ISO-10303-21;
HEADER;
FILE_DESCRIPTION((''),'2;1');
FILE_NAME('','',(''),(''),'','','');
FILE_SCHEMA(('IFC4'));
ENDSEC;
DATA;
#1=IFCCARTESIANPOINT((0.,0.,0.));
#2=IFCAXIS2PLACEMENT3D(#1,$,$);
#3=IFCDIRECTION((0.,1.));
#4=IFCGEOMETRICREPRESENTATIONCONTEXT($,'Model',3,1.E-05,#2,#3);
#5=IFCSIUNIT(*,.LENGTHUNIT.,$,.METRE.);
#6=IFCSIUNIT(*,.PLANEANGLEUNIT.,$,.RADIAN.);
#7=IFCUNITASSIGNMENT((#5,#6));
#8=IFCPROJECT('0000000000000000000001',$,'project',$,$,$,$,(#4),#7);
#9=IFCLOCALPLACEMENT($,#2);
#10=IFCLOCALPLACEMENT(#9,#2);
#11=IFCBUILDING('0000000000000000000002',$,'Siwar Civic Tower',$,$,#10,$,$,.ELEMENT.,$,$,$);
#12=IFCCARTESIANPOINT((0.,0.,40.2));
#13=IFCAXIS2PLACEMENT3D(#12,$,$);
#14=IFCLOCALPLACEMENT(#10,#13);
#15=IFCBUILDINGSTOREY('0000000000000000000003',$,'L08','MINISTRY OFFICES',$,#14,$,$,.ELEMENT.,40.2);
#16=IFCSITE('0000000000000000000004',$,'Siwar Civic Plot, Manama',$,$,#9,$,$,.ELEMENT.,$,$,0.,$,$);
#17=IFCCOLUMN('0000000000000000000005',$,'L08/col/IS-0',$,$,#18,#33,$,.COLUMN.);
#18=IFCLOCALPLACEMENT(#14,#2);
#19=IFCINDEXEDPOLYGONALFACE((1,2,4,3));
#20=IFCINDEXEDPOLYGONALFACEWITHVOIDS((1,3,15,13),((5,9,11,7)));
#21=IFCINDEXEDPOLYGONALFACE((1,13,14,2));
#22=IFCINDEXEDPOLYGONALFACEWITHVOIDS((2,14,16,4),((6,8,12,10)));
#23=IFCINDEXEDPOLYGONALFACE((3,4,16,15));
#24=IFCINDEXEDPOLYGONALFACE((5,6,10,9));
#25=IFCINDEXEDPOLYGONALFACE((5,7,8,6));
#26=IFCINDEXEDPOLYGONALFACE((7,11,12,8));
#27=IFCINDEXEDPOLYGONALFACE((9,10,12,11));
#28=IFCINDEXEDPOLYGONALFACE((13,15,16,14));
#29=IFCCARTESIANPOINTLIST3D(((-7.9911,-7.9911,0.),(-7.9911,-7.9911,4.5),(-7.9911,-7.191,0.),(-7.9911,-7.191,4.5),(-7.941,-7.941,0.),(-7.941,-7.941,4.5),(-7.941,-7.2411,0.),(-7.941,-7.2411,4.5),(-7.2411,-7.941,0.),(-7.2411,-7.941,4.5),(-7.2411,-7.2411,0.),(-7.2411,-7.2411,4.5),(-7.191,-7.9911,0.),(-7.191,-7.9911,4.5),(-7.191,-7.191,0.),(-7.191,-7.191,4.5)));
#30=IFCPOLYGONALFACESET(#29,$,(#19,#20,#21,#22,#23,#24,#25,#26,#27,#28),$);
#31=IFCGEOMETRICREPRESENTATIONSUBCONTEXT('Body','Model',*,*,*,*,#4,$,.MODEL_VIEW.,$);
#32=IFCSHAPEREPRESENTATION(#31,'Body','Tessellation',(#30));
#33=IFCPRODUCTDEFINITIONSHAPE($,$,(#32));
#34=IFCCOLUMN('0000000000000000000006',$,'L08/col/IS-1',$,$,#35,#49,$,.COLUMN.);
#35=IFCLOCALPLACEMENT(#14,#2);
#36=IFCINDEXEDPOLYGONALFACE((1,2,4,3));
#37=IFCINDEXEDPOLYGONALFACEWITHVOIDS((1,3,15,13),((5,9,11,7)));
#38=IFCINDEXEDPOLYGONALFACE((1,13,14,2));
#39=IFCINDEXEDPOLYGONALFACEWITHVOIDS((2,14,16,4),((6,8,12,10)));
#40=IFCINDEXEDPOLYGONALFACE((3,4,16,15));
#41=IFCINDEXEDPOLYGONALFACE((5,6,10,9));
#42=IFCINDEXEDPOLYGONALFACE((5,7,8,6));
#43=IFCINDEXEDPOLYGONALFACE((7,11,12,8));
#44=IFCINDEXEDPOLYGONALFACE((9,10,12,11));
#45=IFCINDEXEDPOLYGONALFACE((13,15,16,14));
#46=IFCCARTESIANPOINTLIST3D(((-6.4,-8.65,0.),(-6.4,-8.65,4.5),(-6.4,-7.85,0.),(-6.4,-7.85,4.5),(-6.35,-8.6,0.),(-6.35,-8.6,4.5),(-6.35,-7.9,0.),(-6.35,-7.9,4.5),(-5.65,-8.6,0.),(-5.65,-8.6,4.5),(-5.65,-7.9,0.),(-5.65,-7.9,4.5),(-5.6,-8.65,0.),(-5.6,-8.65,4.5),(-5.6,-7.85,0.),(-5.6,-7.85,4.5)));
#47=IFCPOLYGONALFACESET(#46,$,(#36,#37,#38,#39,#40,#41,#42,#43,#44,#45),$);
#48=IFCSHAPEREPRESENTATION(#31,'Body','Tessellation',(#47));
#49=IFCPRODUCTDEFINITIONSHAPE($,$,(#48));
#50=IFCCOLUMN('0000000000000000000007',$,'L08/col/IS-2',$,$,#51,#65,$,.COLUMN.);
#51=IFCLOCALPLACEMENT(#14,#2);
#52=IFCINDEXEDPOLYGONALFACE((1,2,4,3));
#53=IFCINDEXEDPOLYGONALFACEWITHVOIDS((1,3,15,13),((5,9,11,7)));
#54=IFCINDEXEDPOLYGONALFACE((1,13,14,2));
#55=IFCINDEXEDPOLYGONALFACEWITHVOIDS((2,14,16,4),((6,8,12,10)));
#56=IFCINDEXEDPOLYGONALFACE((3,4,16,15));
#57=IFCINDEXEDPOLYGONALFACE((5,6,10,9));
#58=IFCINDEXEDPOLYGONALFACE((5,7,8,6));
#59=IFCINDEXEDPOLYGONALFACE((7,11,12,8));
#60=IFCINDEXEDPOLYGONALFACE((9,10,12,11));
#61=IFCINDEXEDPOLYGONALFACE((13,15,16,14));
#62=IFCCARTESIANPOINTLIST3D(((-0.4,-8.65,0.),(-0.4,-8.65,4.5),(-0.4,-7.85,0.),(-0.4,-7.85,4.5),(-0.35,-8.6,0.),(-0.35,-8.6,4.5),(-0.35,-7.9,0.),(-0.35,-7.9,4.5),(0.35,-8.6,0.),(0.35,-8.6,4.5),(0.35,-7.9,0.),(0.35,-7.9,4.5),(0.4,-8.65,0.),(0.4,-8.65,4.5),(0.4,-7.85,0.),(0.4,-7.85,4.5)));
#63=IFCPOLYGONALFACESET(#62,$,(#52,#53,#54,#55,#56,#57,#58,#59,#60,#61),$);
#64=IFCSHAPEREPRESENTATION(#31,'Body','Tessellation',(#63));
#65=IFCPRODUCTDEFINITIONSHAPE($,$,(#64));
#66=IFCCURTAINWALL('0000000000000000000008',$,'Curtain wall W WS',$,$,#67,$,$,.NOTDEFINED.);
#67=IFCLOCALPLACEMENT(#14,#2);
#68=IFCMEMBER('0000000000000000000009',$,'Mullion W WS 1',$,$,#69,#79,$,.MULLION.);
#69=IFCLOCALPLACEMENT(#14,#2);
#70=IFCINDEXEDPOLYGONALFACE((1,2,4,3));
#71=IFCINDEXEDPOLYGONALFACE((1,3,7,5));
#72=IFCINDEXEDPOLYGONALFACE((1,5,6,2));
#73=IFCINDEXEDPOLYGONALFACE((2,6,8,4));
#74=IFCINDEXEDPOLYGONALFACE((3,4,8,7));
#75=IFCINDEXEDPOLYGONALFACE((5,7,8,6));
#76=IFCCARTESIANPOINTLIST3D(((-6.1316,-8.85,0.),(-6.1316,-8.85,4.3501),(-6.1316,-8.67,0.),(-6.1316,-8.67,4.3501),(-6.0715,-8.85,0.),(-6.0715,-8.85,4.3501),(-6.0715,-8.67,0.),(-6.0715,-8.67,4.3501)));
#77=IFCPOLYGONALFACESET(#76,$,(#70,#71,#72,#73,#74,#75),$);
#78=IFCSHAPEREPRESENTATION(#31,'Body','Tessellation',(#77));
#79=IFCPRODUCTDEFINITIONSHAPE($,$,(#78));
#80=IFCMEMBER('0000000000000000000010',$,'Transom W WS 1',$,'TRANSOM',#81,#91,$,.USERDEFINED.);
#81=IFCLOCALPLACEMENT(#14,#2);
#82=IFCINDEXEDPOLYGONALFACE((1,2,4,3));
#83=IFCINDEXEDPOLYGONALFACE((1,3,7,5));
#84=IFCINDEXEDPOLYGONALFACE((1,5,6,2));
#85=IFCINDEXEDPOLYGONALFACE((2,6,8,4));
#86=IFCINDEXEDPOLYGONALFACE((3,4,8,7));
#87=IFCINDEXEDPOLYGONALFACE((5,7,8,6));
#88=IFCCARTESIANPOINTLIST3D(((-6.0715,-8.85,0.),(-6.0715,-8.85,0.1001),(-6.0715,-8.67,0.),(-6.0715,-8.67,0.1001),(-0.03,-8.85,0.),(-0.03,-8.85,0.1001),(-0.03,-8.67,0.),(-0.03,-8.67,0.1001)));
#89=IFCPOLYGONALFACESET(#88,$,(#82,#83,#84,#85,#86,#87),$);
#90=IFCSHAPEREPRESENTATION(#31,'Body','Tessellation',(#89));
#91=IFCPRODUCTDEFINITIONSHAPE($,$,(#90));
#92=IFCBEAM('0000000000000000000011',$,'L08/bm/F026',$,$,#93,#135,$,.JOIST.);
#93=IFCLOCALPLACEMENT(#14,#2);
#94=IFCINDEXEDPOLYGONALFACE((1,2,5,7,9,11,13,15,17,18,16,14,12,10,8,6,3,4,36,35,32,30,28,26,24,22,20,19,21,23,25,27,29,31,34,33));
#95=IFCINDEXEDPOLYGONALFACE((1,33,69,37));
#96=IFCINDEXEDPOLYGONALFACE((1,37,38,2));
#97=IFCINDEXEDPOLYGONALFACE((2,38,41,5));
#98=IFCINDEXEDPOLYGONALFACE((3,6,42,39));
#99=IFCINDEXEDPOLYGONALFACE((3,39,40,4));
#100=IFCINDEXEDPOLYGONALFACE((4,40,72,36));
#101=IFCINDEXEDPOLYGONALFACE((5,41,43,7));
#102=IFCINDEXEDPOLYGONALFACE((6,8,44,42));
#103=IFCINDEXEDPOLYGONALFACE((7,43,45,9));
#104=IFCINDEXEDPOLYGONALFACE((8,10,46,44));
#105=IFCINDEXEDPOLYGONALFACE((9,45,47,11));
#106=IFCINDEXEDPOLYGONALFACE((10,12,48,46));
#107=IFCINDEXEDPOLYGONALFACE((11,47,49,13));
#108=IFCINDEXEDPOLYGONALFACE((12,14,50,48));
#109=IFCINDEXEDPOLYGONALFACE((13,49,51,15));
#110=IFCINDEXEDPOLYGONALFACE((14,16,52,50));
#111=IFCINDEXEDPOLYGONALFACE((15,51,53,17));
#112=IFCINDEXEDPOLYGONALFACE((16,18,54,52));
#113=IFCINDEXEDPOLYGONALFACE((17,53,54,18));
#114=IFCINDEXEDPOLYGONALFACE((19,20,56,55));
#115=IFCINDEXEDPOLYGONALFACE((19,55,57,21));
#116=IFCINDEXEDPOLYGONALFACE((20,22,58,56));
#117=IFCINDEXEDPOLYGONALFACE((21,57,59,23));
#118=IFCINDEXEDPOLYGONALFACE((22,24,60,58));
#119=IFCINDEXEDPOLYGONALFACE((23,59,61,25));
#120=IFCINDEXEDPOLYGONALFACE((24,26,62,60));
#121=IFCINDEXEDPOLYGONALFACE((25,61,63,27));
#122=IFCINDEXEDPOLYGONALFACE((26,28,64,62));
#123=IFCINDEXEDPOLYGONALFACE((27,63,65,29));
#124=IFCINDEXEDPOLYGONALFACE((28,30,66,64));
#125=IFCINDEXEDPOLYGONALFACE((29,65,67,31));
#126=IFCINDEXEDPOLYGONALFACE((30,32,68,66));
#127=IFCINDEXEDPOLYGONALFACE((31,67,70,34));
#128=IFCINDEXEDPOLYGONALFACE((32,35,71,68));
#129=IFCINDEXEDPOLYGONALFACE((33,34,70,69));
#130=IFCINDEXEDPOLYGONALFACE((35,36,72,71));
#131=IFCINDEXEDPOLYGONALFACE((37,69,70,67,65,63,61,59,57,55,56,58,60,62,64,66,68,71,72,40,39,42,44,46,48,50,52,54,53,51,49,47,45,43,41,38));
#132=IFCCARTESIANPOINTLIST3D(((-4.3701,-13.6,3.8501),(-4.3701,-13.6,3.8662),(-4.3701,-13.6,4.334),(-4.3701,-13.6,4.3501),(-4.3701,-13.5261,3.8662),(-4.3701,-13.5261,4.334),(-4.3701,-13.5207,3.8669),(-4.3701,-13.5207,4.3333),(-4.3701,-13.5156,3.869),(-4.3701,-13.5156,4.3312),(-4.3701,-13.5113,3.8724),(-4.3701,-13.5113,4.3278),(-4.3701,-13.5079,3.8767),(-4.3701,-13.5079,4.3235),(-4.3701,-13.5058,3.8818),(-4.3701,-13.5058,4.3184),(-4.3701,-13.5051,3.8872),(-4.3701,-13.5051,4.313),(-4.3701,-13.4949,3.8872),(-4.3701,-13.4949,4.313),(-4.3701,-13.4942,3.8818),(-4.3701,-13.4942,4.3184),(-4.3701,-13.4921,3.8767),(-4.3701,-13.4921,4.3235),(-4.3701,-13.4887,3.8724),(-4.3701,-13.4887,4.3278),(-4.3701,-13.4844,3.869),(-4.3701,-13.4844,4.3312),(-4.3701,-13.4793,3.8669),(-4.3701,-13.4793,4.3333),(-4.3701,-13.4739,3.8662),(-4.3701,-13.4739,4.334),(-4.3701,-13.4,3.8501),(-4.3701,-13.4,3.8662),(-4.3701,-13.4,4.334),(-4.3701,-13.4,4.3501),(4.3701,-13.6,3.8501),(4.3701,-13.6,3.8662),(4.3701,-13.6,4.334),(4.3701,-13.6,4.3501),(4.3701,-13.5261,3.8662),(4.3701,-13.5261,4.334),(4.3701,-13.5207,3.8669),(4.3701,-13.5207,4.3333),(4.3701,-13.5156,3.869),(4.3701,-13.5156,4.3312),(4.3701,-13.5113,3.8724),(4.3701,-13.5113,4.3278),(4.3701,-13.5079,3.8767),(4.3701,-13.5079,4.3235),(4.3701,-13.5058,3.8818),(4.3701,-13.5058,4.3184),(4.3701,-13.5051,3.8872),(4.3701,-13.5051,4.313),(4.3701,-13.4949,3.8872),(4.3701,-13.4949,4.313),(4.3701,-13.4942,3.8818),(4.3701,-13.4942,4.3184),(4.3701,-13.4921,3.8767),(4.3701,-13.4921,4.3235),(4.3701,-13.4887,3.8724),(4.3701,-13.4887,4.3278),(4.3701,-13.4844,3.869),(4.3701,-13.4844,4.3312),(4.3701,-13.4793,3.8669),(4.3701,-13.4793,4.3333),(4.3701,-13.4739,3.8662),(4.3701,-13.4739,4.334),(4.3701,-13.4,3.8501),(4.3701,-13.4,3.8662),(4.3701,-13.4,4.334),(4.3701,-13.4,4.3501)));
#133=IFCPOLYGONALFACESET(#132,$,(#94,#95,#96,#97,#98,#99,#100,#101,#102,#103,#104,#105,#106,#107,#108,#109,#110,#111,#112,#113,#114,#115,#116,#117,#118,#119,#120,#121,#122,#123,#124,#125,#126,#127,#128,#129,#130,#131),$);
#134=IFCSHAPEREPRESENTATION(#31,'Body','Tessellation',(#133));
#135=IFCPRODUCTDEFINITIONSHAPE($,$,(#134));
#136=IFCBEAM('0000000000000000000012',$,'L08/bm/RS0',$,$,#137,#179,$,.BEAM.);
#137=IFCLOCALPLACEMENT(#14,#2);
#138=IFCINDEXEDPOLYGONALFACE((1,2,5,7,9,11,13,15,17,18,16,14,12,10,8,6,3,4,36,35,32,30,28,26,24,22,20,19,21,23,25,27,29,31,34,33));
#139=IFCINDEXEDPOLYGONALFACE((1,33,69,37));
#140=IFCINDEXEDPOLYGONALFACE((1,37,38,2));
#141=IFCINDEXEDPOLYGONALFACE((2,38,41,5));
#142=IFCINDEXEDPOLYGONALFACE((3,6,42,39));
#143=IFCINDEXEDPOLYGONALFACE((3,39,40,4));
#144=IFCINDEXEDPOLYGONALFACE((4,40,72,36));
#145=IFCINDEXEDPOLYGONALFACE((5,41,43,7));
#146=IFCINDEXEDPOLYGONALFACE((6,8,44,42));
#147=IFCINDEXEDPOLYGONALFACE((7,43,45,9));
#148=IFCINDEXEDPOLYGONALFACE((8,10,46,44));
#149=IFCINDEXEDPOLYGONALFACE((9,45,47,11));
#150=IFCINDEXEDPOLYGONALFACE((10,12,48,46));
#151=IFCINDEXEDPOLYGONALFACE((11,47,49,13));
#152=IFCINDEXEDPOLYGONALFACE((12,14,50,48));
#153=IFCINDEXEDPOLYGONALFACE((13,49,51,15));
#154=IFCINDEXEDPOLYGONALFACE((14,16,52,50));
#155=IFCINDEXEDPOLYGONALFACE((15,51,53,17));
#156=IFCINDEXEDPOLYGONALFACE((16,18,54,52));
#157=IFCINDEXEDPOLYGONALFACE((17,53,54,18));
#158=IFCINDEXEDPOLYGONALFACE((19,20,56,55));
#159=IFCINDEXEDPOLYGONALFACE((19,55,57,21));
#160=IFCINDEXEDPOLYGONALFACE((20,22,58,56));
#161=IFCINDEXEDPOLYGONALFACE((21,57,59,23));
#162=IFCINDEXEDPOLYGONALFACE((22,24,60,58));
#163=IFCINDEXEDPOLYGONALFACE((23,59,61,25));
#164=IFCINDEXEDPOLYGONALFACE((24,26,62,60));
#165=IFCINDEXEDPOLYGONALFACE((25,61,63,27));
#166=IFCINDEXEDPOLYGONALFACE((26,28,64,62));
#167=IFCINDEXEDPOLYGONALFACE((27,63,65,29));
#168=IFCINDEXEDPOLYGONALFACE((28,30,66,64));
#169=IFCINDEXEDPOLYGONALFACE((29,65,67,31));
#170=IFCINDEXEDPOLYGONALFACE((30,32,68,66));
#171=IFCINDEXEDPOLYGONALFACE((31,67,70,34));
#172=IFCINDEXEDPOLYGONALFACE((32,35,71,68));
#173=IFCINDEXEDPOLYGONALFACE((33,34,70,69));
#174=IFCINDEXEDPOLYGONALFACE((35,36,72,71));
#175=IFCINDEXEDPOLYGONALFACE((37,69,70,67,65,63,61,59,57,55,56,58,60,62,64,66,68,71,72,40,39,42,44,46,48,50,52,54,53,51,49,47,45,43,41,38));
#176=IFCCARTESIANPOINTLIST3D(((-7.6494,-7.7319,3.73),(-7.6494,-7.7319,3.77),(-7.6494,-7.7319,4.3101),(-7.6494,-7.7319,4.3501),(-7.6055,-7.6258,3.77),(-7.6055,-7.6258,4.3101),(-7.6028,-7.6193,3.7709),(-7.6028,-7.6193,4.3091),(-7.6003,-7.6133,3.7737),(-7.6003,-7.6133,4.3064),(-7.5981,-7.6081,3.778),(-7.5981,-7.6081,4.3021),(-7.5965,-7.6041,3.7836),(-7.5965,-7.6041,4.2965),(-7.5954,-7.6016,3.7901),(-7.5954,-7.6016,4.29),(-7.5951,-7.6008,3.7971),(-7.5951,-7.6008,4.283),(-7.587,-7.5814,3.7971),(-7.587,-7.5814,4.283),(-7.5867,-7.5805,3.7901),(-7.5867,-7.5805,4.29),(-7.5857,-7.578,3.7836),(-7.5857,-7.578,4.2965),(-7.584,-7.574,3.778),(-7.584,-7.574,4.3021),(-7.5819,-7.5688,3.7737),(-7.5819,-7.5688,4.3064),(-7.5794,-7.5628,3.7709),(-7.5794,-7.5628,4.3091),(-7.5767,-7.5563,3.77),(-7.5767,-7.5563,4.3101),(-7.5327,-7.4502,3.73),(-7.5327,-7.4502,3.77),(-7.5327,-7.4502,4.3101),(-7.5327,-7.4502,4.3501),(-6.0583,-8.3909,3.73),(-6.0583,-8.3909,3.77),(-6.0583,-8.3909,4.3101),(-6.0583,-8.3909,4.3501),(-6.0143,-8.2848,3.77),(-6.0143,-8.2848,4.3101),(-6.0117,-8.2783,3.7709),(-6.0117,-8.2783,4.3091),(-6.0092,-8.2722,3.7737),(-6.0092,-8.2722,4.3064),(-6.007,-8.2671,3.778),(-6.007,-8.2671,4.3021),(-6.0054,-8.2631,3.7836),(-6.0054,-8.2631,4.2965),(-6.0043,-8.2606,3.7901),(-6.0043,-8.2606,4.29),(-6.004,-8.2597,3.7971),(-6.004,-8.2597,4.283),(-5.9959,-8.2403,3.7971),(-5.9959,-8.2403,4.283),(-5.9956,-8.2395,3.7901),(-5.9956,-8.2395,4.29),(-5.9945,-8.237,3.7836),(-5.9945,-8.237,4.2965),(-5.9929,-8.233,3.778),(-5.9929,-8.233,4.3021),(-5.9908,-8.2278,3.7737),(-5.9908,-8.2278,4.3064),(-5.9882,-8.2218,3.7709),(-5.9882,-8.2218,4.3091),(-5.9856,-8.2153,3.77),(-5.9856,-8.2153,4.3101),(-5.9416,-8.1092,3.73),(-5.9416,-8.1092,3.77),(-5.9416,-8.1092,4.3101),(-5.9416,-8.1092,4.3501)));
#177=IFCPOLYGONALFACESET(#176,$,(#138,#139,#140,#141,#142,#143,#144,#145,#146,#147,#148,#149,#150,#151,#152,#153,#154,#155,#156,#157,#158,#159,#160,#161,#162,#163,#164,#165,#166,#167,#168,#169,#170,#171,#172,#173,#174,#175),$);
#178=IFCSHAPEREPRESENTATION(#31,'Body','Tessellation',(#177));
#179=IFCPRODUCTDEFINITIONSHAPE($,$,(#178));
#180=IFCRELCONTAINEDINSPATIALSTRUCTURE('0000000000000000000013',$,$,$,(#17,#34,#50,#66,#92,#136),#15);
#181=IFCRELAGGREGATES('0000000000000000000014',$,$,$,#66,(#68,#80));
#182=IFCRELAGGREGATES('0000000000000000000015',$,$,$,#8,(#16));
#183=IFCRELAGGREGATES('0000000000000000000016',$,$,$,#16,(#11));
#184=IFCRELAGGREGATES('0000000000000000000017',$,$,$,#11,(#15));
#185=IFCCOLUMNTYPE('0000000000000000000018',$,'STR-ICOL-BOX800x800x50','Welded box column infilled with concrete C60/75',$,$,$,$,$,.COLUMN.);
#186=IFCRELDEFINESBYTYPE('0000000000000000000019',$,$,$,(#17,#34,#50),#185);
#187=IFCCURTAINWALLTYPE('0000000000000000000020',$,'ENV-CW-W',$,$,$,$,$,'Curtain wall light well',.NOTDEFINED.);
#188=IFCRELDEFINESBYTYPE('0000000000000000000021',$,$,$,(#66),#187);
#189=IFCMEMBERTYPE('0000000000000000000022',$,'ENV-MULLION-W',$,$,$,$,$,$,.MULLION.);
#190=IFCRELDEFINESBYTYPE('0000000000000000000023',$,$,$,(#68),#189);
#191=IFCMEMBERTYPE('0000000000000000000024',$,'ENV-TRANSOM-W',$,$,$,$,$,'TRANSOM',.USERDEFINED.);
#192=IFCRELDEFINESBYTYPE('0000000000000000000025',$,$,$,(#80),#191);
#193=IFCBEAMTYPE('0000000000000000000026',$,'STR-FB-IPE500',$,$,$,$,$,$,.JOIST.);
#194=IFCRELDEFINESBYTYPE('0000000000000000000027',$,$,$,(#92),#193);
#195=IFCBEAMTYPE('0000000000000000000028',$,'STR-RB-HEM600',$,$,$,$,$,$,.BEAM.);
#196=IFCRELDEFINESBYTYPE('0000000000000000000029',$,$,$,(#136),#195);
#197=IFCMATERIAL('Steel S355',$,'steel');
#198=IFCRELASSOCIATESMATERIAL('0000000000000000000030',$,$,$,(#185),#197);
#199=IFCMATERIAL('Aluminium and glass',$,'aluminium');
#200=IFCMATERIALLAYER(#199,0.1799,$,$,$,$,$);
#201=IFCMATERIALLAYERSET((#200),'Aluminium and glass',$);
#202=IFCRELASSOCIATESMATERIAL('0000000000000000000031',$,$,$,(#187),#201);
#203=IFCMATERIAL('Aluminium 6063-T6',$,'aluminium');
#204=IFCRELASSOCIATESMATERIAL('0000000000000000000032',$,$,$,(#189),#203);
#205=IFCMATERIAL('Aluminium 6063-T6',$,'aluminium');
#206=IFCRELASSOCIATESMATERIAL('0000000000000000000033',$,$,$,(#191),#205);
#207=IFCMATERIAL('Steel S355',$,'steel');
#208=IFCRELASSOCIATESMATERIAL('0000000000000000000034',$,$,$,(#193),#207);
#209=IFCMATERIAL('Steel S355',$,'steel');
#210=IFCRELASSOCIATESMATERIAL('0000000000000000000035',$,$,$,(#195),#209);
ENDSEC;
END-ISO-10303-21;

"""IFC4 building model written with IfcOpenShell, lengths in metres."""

from ifc_helpers import new_model, si_unit, direction, frame, origin, origin_2d, place, context, subcontext, project, spatial, rectangle, hollow_rectangle, i_section, extrude, material, layer, layer_set, material_profile, profile_set, type_object, element, aggregate, save


model = new_model("IFC4")

# Units and contexts
model_context = context("Model", 3, precision=1e-05, world=origin(), true_north=direction((0.0, 1.0)))
body_context = subcontext(model_context, "Body", "Model", "MODEL_VIEW")
ifc_project = project(units=[si_unit("LENGTHUNIT", "METRE"), si_unit("PLANEANGLEUNIT", "RADIAN")], contexts=[model_context])

# Site, building, storey
site_placement = place(None, origin())
site = spatial("IfcSite", under=ifc_project, at=site_placement, Name="Siwar Civic Plot, Manama", CompositionType="ELEMENT", RefElevation=0.0)
building_placement = place(site_placement, origin())
building = spatial("IfcBuilding", under=site, at=building_placement, Name="Siwar Civic Tower", CompositionType="ELEMENT")
storey_placement = place(building_placement, frame((0.0, 0.0, 40.2)))
storey = spatial("IfcBuildingStorey", under=building, at=storey_placement, Name="L08", Description="MINISTRY OFFICES", CompositionType="ELEMENT", Elevation=40.2)

# Columns
ifc_material_1 = material(Name="Steel S355", Category="steel")
ifc_material_profile_1 = material_profile(ifc_material_1, hollow_rectangle(XDim=0.8, YDim=0.8, WallThickness=0.05, at=origin_2d()), Name="BOX800x800x50")
ifc_profile_set_1 = profile_set([ifc_material_profile_1], Name="Steel S355")
column_type = type_object("IfcColumnType", Name="STR-ICOL-BOX800x800x50", Description="Welded box column infilled with concrete C60/75", PredefinedType="COLUMN", material=ifc_profile_set_1)
for number, where, z_axis, x_axis, name in (
    (1, (-7.5911, -7.5911, 0.0), (0.0, 0.0, 1.0), (1.0, 0.0, 0.0), "L08/col/IS-0"),
    (2, (-6.0, -8.25, 0.0), (0.0, 0.0, 1.0), (1.0, 0.0, 0.0), "L08/col/IS-1"),
    (3, (0.0, -8.25, 0.0), (0.0, 0.0, 1.0), (1.0, 0.0, 0.0), "L08/col/IS-2"),
):
    element("IfcColumn", number, at=place(storey_placement, frame(where, z_axis=z_axis, x_axis=x_axis)), inside=storey, type_object=column_type, Name=name, PredefinedType="COLUMN", context=body_context, shape_type="SweptSolid", body=[
        extrude(hollow_rectangle(XDim=0.8, YDim=0.8, WallThickness=0.05, at=origin_2d()), origin(), (0.0, 0.0, 1.0), 4.5),
    ])

# Curtain wall, members
ifc_material_2 = material(Name="Aluminium and glass", Category="aluminium")
ifc_layer_1 = layer(ifc_material_2, 0.1799)
ifc_layer_set_1 = layer_set([ifc_layer_1], Name="Aluminium and glass")
curtain_wall_type = type_object("IfcCurtainWallType", Name="ENV-CW-W", ElementType="Curtain wall light well", PredefinedType="NOTDEFINED", material=ifc_layer_set_1)
curtain_wall_placement = place(storey_placement, origin())
curtain_wall = element("IfcCurtainWall", 4, at=curtain_wall_placement, inside=storey, type_object=curtain_wall_type, Name="Curtain wall W WS", PredefinedType="NOTDEFINED")
ifc_material_3 = material(Name="Aluminium 6063-T6", Category="aluminium")
ifc_material_profile_2 = material_profile(ifc_material_3, rectangle(XDim=0.1799, YDim=0.0601, at=origin_2d()), Name="AL 180x60")
ifc_profile_set_2 = profile_set([ifc_material_profile_2], Name="Aluminium 6063-T6")
member_type_1 = type_object("IfcMemberType", Name="ENV-MULLION-W", PredefinedType="MULLION", material=ifc_profile_set_2)
member_1_placement = place(storey_placement, frame((-6.1016, -8.76, 0.0), z_axis=(0.0, 0.0, 1.0), x_axis=(0.0, 1.0, 0.0)))
member_1 = element("IfcMember", 5, at=member_1_placement, type_object=member_type_1, Name="Mullion W WS 1", PredefinedType="MULLION", context=body_context, shape_type="SweptSolid", body=[
    extrude(rectangle(XDim=0.1799, YDim=0.0601, at=origin_2d()), origin(), (0.0, 0.0, 1.0), 4.3501),
])
ifc_material_4 = material(Name="Aluminium 6063-T6", Category="aluminium")
ifc_material_profile_3 = material_profile(ifc_material_4, rectangle(XDim=0.1799, YDim=0.1001, at=origin_2d()), Name="AL 180x100")
ifc_profile_set_3 = profile_set([ifc_material_profile_3], Name="Aluminium 6063-T6")
member_type_2 = type_object("IfcMemberType", Name="ENV-TRANSOM-W", ElementType="TRANSOM", PredefinedType="USERDEFINED", material=ifc_profile_set_3)
member_2_placement = place(storey_placement, frame((-6.0715, -8.76, 0.05), z_axis=(1.0, 0.0, 0.0), x_axis=(0.0, 1.0, 0.0)))
member_2 = element("IfcMember", 6, at=member_2_placement, type_object=member_type_2, Name="Transom W WS 1", ObjectType="TRANSOM", PredefinedType="USERDEFINED", context=body_context, shape_type="SweptSolid", body=[
    extrude(rectangle(XDim=0.1799, YDim=0.1001, at=origin_2d()), origin(), (0.0, 0.0, 1.0), 6.0415),
])

# Beams
ifc_material_5 = material(Name="Steel S355", Category="steel")
ifc_material_profile_4 = material_profile(ifc_material_5, i_section(OverallWidth=0.2, OverallDepth=0.5, WebThickness=0.0103, FlangeThickness=0.0161, FilletRadius=0.021, at=origin_2d()), Name="IPE500")
ifc_profile_set_4 = profile_set([ifc_material_profile_4], Name="Steel S355")
beam_type_1 = type_object("IfcBeamType", Name="STR-FB-IPE500", PredefinedType="JOIST", material=ifc_profile_set_4)
beam_1_placement = place(storey_placement, frame((-4.3701, -13.5, 4.1001), z_axis=(1.0, 0.0, 0.0), x_axis=(0.0, 1.0, 0.0)))
element("IfcBeam", 7, at=beam_1_placement, inside=storey, type_object=beam_type_1, Name="L08/bm/F026", PredefinedType="JOIST", context=body_context, shape_type="SweptSolid", body=[
    extrude(i_section(OverallWidth=0.2, OverallDepth=0.5, WebThickness=0.0103, FlangeThickness=0.0161, FilletRadius=0.021, at=origin_2d()), origin(), (0.0, 0.0, 1.0), 8.7402),
])
ifc_material_6 = material(Name="Steel S355", Category="steel")
ifc_material_profile_5 = material_profile(ifc_material_6, i_section(OverallWidth=0.3049, OverallDepth=0.6201, WebThickness=0.021, FlangeThickness=0.04, FilletRadius=0.0271, at=origin_2d()), Name="HEM600")
ifc_profile_set_5 = profile_set([ifc_material_profile_5], Name="Steel S355")
beam_type_2 = type_object("IfcBeamType", Name="STR-RB-HEM600", PredefinedType="BEAM", material=ifc_profile_set_5)
beam_2_placement = place(storey_placement, frame((-7.5911, -7.5911, 4.04), z_axis=(0.923901, -0.382631, 0.0), x_axis=(0.382631, 0.923901, 0.0)))
element("IfcBeam", 8, at=beam_2_placement, inside=storey, type_object=beam_type_2, Name="L08/bm/RS0", PredefinedType="BEAM", context=body_context, shape_type="SweptSolid", body=[
    extrude(i_section(OverallWidth=0.3049, OverallDepth=0.6201, WebThickness=0.021, FlangeThickness=0.04, FilletRadius=0.0271, at=origin_2d()), origin(), (0.0, 0.0, 1.0), 1.7222),
])

aggregate(curtain_wall, [member_1, member_2])

save(model, "model.ifc")
